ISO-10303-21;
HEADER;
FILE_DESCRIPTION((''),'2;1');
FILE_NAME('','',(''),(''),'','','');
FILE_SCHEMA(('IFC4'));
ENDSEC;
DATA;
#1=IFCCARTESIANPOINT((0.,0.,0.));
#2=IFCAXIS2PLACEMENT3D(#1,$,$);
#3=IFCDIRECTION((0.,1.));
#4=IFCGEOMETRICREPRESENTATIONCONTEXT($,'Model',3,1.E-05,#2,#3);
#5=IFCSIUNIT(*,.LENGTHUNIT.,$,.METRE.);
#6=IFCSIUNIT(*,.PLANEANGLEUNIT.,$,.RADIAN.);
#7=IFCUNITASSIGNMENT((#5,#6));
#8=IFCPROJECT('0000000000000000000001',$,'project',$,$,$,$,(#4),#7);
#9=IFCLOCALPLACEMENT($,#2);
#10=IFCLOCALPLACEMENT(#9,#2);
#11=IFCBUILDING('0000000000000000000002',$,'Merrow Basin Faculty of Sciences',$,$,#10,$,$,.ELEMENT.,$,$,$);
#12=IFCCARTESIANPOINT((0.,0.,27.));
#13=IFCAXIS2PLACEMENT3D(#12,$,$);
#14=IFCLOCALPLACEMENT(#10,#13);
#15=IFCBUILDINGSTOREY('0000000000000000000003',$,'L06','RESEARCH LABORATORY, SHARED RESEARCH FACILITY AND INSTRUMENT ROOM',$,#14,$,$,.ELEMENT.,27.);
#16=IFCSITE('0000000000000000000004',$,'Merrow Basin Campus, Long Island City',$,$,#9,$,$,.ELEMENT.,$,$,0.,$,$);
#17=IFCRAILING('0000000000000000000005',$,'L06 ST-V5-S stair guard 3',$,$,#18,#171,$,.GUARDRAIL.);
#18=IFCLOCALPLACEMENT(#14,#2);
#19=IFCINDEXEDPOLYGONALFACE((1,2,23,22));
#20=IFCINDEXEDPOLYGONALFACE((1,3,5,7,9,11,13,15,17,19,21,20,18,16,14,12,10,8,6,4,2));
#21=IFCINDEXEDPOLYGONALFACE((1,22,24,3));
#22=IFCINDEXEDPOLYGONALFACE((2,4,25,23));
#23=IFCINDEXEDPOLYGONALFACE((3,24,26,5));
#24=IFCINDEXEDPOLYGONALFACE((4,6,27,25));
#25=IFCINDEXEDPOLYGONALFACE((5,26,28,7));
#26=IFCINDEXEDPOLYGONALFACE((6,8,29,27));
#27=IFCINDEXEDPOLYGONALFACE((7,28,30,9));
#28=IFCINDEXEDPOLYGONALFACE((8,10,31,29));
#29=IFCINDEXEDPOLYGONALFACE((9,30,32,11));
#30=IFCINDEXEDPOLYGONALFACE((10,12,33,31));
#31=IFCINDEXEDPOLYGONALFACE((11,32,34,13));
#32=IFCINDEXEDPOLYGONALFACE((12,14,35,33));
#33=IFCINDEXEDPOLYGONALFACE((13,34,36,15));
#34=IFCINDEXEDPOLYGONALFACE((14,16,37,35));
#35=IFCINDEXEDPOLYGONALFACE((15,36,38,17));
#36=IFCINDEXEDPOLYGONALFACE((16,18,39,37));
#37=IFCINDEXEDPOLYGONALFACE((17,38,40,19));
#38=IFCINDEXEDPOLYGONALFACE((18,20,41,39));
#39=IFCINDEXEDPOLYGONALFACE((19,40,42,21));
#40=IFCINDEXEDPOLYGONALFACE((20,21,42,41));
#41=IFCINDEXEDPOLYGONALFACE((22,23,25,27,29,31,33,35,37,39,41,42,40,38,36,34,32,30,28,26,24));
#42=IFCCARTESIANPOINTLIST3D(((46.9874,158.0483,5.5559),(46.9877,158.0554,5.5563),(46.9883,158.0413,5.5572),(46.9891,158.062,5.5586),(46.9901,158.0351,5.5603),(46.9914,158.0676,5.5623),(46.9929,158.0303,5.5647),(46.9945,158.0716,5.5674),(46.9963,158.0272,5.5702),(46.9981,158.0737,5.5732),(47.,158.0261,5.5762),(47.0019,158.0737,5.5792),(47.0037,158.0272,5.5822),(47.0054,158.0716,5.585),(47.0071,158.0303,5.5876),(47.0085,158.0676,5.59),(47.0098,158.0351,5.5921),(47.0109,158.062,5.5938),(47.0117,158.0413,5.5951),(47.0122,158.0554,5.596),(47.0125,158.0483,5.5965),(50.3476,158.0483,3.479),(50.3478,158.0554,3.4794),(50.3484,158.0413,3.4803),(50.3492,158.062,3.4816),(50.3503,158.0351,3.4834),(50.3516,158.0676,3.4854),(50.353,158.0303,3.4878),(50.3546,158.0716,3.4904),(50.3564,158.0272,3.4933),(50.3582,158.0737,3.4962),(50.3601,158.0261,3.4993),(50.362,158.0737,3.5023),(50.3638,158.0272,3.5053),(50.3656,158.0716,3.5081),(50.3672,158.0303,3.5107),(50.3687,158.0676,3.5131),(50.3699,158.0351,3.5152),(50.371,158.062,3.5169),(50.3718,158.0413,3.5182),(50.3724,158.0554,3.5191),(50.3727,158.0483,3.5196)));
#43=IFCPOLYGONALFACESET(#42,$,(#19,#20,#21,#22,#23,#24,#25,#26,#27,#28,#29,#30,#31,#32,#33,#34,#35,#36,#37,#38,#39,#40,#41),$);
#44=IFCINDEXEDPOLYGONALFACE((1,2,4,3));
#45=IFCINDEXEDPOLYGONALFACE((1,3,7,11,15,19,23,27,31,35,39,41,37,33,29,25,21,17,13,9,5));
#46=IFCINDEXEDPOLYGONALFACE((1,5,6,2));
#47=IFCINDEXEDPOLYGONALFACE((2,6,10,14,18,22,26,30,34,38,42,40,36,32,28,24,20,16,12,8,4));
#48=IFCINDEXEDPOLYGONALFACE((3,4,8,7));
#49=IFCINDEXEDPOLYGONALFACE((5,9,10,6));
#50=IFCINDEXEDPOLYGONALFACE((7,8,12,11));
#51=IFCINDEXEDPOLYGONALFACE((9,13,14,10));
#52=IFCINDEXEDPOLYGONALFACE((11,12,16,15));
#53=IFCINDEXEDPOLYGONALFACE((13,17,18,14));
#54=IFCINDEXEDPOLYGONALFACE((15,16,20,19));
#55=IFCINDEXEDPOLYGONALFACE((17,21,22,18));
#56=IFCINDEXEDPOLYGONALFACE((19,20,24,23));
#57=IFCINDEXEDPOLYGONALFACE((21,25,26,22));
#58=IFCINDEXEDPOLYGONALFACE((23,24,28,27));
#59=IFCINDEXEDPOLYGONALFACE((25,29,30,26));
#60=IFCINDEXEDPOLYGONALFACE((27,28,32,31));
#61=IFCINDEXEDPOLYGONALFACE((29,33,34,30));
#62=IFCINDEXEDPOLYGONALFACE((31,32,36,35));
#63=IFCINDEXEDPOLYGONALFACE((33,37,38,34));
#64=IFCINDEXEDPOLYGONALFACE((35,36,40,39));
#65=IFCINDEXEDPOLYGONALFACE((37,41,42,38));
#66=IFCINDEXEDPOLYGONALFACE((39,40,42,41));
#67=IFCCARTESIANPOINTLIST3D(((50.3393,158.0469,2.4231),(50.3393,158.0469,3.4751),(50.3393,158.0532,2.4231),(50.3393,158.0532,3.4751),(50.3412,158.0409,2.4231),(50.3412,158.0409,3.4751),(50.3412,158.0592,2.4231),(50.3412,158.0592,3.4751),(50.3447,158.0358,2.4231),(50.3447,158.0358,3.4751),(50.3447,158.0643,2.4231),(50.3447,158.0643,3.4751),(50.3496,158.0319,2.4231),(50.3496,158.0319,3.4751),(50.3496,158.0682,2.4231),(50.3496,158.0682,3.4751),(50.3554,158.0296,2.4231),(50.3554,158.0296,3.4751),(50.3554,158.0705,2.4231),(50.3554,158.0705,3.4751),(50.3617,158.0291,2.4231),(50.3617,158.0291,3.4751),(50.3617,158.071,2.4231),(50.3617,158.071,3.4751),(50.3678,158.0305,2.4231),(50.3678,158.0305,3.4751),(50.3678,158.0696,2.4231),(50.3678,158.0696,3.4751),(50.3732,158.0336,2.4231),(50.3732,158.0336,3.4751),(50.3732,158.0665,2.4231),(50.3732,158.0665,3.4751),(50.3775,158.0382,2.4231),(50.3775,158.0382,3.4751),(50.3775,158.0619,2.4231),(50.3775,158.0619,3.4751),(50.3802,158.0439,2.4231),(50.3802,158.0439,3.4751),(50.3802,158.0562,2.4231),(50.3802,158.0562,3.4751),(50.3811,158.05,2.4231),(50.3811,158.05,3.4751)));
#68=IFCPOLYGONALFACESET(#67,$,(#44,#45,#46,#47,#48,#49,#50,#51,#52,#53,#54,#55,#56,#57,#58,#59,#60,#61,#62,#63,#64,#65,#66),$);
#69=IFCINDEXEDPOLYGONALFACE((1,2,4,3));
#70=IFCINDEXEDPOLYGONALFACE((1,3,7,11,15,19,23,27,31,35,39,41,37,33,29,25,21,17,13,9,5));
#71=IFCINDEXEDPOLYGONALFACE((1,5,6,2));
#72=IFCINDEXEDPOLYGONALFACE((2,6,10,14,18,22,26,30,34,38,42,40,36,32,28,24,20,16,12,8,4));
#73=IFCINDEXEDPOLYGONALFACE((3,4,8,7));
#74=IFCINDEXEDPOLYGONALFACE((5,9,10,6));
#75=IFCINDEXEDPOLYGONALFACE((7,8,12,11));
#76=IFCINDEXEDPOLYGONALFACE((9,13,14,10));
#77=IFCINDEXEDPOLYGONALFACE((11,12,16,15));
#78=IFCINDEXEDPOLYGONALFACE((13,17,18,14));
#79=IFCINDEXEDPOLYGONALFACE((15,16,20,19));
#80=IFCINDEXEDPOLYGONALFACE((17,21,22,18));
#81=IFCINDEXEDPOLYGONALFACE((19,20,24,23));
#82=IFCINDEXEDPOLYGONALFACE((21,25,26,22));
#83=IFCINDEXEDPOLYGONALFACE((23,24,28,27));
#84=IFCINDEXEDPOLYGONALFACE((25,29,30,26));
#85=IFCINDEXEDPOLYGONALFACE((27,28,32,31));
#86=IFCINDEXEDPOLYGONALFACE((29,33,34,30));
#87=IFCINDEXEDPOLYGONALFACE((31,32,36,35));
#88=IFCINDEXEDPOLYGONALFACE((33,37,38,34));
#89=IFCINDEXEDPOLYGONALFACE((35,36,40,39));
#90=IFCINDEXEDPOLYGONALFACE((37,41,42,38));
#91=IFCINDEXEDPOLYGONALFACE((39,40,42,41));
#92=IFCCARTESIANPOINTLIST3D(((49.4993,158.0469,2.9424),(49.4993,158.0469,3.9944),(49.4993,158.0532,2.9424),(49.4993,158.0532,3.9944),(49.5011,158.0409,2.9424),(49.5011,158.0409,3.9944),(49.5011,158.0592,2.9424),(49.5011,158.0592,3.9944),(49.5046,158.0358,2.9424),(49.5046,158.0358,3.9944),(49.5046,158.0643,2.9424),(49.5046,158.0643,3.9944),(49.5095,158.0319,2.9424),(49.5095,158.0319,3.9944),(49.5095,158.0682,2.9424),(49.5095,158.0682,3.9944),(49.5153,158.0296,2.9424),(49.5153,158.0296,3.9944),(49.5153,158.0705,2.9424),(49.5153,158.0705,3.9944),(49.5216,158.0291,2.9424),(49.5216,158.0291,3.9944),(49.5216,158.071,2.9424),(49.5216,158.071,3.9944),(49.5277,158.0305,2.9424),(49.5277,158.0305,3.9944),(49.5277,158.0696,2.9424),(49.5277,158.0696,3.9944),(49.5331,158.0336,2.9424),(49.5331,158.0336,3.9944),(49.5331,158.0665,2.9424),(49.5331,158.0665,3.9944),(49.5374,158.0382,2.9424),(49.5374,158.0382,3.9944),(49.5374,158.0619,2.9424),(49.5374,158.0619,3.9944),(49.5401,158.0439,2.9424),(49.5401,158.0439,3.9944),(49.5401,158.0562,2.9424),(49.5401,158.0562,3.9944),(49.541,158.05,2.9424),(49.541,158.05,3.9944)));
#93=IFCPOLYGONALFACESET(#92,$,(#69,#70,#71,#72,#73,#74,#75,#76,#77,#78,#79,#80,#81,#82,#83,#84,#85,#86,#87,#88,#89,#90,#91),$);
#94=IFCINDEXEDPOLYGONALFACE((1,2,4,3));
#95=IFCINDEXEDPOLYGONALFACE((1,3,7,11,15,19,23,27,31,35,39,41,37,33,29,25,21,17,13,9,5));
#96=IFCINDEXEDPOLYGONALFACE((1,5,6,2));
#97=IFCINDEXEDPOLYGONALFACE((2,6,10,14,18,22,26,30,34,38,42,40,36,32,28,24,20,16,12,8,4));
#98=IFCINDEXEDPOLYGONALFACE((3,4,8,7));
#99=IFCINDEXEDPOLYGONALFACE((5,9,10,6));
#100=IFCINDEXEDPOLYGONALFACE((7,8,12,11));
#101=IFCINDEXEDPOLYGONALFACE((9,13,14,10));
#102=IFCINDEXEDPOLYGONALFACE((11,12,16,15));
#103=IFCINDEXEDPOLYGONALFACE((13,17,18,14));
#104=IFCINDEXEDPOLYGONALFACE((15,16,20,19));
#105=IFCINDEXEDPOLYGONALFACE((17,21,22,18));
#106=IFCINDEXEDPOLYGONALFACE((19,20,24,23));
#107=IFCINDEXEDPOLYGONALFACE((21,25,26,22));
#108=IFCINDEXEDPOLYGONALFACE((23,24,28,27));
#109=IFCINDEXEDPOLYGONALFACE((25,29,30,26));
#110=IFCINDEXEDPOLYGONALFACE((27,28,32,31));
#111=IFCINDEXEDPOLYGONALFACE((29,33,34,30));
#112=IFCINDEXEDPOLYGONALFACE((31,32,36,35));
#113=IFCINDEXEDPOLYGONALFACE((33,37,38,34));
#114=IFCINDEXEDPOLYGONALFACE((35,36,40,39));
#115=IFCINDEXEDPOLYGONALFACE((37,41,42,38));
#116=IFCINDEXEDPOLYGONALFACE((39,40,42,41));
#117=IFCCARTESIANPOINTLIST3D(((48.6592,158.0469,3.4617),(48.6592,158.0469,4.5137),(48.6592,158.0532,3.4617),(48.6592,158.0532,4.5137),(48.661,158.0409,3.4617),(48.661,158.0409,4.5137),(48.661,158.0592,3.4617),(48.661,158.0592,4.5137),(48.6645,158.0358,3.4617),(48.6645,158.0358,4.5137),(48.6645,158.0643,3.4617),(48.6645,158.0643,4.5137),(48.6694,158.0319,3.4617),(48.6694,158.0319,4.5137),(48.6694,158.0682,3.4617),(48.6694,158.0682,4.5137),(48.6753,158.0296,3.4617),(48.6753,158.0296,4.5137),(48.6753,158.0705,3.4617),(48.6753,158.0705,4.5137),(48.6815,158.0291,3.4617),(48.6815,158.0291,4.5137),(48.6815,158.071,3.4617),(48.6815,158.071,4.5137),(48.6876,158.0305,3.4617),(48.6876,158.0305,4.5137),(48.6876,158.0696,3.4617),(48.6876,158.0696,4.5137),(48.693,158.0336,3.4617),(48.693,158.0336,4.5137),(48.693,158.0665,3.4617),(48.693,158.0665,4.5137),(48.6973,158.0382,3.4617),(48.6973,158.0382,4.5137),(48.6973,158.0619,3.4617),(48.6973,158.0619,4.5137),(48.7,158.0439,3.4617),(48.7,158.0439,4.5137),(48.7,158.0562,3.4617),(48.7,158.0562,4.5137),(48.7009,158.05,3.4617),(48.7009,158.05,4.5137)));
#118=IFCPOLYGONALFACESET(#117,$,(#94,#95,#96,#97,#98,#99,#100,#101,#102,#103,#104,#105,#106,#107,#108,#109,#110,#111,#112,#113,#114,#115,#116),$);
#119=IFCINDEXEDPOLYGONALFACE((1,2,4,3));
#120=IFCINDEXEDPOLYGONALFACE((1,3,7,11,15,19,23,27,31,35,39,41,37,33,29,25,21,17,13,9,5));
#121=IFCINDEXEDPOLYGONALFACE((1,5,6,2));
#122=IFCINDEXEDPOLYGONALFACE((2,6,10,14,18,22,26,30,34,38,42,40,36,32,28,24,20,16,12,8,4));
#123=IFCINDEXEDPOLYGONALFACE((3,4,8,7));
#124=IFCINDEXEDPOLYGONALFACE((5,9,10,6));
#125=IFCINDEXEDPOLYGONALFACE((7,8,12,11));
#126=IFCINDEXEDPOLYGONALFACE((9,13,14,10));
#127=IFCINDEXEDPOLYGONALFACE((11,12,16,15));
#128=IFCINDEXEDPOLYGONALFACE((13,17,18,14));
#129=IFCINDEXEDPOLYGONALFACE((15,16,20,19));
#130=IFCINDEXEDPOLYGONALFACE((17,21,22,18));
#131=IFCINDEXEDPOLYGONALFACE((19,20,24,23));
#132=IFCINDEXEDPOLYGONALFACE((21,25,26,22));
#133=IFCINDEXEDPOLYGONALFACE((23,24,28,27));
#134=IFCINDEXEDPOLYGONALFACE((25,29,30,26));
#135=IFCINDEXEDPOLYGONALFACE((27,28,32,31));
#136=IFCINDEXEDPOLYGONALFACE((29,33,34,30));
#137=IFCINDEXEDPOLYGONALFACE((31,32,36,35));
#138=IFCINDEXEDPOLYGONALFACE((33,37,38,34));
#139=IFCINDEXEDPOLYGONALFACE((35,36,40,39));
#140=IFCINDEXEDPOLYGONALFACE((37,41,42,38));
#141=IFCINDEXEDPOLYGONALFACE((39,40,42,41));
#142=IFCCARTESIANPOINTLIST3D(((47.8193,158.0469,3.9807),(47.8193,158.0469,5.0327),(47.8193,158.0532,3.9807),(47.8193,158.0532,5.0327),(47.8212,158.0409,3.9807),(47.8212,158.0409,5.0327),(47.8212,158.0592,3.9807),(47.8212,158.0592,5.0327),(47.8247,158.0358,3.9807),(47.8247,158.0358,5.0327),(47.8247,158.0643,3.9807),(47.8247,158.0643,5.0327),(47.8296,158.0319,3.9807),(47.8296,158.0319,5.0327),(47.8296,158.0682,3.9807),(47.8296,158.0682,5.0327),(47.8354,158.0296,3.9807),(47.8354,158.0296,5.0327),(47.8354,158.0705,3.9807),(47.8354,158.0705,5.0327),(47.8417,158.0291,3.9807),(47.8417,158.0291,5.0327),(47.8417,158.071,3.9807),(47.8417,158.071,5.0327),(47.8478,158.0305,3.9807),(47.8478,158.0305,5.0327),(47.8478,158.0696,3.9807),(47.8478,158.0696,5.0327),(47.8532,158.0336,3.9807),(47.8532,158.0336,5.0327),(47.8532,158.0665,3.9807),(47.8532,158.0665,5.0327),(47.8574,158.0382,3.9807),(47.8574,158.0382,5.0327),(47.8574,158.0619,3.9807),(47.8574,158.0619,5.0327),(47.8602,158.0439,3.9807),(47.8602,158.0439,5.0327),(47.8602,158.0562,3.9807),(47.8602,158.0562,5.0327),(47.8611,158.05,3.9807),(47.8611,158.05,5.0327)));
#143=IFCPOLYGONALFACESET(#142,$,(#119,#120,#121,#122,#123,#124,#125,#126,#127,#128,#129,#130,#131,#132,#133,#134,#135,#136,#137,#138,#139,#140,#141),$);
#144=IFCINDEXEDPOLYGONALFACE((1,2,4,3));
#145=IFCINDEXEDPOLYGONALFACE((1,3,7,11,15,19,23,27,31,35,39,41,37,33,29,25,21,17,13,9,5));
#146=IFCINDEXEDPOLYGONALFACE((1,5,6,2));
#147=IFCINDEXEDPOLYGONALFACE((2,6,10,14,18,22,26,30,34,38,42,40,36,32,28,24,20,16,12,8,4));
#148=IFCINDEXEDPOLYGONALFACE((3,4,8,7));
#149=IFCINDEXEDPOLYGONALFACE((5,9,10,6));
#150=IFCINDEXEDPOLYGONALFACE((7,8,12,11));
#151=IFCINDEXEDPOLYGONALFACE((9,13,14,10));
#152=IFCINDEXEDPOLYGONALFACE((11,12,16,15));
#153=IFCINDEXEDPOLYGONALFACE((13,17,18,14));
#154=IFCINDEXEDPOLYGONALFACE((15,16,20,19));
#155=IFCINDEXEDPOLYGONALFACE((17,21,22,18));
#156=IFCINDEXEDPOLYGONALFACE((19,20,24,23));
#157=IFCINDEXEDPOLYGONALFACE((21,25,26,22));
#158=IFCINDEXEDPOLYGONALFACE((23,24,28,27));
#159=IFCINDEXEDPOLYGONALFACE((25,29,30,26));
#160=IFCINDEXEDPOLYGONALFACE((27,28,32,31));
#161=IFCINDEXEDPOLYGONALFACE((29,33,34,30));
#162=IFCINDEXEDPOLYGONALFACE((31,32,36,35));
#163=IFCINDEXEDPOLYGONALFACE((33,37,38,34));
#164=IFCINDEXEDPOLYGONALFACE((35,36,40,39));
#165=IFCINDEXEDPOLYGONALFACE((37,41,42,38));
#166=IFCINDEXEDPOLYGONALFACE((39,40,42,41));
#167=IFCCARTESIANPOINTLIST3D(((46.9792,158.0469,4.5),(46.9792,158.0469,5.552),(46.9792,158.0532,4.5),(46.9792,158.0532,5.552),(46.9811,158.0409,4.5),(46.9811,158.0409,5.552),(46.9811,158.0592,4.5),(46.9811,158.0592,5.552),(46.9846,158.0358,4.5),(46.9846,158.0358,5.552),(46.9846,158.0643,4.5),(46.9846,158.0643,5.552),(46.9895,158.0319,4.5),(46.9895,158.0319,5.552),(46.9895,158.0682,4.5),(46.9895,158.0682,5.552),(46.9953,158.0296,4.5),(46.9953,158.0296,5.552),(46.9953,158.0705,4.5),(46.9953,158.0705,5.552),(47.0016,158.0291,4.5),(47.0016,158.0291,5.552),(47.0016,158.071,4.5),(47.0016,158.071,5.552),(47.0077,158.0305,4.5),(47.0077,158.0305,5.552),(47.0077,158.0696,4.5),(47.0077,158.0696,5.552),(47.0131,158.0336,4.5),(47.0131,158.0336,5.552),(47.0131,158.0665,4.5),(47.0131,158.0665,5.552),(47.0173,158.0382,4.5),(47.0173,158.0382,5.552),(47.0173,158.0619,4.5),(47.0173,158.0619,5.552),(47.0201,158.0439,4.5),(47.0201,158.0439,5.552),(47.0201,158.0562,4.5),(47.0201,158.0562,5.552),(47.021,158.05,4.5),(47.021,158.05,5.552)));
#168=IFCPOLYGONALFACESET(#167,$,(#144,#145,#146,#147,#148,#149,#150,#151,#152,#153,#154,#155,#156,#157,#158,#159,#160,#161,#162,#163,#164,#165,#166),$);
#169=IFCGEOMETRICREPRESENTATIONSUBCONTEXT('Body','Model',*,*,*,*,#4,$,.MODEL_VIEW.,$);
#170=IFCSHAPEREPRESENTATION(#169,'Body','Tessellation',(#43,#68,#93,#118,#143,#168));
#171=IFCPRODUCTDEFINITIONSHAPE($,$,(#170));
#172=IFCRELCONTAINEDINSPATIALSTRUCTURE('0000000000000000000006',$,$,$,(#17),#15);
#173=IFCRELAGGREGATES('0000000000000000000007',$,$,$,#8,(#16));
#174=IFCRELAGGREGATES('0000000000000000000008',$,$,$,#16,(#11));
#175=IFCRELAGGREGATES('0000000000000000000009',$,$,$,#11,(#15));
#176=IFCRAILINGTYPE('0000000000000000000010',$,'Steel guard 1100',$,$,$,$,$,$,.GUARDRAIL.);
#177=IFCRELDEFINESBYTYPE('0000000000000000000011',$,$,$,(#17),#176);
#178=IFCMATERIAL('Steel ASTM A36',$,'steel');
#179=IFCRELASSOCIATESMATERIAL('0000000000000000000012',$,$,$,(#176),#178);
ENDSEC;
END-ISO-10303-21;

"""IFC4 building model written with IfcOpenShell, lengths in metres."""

from ifc_helpers import new_model, si_unit, direction, frame, origin, origin_2d, place, context, subcontext, project, spatial, circle, extrude, material, type_object, element, save


model = new_model("IFC4")

# Units and contexts
model_context = context("Model", 3, precision=1e-05, world=origin(), true_north=direction((0.0, 1.0)))
body_context = subcontext(model_context, "Body", "Model", "MODEL_VIEW")
ifc_project = project(units=[si_unit("LENGTHUNIT", "METRE"), si_unit("PLANEANGLEUNIT", "RADIAN")], contexts=[model_context])

# Site, building, storey
site_placement = place(None, origin())
site = spatial("IfcSite", under=ifc_project, at=site_placement, Name="Merrow Basin Campus, Long Island City", CompositionType="ELEMENT", RefElevation=0.0)
building_placement = place(site_placement, origin())
building = spatial("IfcBuilding", under=site, at=building_placement, Name="Merrow Basin Faculty of Sciences", CompositionType="ELEMENT")
storey_placement = place(building_placement, frame((0.0, 0.0, 27.0)))
storey = spatial("IfcBuildingStorey", under=building, at=storey_placement, Name="L06", Description="RESEARCH LABORATORY, SHARED RESEARCH FACILITY AND INSTRUMENT ROOM", CompositionType="ELEMENT", Elevation=27.0)

# Railing
ifc_material_1 = material(Name="Steel ASTM A36", Category="steel")
railing_type_1 = type_object("IfcRailingType", Name="Steel guard 1100", PredefinedType="GUARDRAIL", material=ifc_material_1)
railing_1_placement = place(storey_placement, frame((50.3601, 158.05, 2.4231)))
element("IfcRailing", 1, at=railing_1_placement, inside=storey, type_object=railing_type_1, Name="L06 ST-V5-S stair guard 3", PredefinedType="GUARDRAIL", context=body_context, shape_type="SweptSolid", body=[
    extrude(circle(Radius=0.0239, at=origin_2d()), frame((0.0, 0.0, 1.0762), z_axis=(-0.850623, 0.0, 0.525776), x_axis=(0.0, -1.0, 0.0)), (0.0, 0.0, 1.0), 3.9502),
    extrude(circle(Radius=0.021, at=origin_2d()), origin(), (0.0, 0.0, 1.0), 1.052),
    extrude(circle(Radius=0.021, at=origin_2d()), frame((-0.8401, 0.0, 0.5193)), (0.0, 0.0, 1.0), 1.052),
    extrude(circle(Radius=0.021, at=origin_2d()), frame((-1.6802, 0.0, 1.0386)), (0.0, 0.0, 1.0), 1.052),
    extrude(circle(Radius=0.021, at=origin_2d()), frame((-2.52, 0.0, 1.5576)), (0.0, 0.0, 1.0), 1.052),
    extrude(circle(Radius=0.021, at=origin_2d()), frame((-3.3601, 0.0, 2.0769)), (0.0, 0.0, 1.0), 1.052),
])

save(model, "model.ifc")
